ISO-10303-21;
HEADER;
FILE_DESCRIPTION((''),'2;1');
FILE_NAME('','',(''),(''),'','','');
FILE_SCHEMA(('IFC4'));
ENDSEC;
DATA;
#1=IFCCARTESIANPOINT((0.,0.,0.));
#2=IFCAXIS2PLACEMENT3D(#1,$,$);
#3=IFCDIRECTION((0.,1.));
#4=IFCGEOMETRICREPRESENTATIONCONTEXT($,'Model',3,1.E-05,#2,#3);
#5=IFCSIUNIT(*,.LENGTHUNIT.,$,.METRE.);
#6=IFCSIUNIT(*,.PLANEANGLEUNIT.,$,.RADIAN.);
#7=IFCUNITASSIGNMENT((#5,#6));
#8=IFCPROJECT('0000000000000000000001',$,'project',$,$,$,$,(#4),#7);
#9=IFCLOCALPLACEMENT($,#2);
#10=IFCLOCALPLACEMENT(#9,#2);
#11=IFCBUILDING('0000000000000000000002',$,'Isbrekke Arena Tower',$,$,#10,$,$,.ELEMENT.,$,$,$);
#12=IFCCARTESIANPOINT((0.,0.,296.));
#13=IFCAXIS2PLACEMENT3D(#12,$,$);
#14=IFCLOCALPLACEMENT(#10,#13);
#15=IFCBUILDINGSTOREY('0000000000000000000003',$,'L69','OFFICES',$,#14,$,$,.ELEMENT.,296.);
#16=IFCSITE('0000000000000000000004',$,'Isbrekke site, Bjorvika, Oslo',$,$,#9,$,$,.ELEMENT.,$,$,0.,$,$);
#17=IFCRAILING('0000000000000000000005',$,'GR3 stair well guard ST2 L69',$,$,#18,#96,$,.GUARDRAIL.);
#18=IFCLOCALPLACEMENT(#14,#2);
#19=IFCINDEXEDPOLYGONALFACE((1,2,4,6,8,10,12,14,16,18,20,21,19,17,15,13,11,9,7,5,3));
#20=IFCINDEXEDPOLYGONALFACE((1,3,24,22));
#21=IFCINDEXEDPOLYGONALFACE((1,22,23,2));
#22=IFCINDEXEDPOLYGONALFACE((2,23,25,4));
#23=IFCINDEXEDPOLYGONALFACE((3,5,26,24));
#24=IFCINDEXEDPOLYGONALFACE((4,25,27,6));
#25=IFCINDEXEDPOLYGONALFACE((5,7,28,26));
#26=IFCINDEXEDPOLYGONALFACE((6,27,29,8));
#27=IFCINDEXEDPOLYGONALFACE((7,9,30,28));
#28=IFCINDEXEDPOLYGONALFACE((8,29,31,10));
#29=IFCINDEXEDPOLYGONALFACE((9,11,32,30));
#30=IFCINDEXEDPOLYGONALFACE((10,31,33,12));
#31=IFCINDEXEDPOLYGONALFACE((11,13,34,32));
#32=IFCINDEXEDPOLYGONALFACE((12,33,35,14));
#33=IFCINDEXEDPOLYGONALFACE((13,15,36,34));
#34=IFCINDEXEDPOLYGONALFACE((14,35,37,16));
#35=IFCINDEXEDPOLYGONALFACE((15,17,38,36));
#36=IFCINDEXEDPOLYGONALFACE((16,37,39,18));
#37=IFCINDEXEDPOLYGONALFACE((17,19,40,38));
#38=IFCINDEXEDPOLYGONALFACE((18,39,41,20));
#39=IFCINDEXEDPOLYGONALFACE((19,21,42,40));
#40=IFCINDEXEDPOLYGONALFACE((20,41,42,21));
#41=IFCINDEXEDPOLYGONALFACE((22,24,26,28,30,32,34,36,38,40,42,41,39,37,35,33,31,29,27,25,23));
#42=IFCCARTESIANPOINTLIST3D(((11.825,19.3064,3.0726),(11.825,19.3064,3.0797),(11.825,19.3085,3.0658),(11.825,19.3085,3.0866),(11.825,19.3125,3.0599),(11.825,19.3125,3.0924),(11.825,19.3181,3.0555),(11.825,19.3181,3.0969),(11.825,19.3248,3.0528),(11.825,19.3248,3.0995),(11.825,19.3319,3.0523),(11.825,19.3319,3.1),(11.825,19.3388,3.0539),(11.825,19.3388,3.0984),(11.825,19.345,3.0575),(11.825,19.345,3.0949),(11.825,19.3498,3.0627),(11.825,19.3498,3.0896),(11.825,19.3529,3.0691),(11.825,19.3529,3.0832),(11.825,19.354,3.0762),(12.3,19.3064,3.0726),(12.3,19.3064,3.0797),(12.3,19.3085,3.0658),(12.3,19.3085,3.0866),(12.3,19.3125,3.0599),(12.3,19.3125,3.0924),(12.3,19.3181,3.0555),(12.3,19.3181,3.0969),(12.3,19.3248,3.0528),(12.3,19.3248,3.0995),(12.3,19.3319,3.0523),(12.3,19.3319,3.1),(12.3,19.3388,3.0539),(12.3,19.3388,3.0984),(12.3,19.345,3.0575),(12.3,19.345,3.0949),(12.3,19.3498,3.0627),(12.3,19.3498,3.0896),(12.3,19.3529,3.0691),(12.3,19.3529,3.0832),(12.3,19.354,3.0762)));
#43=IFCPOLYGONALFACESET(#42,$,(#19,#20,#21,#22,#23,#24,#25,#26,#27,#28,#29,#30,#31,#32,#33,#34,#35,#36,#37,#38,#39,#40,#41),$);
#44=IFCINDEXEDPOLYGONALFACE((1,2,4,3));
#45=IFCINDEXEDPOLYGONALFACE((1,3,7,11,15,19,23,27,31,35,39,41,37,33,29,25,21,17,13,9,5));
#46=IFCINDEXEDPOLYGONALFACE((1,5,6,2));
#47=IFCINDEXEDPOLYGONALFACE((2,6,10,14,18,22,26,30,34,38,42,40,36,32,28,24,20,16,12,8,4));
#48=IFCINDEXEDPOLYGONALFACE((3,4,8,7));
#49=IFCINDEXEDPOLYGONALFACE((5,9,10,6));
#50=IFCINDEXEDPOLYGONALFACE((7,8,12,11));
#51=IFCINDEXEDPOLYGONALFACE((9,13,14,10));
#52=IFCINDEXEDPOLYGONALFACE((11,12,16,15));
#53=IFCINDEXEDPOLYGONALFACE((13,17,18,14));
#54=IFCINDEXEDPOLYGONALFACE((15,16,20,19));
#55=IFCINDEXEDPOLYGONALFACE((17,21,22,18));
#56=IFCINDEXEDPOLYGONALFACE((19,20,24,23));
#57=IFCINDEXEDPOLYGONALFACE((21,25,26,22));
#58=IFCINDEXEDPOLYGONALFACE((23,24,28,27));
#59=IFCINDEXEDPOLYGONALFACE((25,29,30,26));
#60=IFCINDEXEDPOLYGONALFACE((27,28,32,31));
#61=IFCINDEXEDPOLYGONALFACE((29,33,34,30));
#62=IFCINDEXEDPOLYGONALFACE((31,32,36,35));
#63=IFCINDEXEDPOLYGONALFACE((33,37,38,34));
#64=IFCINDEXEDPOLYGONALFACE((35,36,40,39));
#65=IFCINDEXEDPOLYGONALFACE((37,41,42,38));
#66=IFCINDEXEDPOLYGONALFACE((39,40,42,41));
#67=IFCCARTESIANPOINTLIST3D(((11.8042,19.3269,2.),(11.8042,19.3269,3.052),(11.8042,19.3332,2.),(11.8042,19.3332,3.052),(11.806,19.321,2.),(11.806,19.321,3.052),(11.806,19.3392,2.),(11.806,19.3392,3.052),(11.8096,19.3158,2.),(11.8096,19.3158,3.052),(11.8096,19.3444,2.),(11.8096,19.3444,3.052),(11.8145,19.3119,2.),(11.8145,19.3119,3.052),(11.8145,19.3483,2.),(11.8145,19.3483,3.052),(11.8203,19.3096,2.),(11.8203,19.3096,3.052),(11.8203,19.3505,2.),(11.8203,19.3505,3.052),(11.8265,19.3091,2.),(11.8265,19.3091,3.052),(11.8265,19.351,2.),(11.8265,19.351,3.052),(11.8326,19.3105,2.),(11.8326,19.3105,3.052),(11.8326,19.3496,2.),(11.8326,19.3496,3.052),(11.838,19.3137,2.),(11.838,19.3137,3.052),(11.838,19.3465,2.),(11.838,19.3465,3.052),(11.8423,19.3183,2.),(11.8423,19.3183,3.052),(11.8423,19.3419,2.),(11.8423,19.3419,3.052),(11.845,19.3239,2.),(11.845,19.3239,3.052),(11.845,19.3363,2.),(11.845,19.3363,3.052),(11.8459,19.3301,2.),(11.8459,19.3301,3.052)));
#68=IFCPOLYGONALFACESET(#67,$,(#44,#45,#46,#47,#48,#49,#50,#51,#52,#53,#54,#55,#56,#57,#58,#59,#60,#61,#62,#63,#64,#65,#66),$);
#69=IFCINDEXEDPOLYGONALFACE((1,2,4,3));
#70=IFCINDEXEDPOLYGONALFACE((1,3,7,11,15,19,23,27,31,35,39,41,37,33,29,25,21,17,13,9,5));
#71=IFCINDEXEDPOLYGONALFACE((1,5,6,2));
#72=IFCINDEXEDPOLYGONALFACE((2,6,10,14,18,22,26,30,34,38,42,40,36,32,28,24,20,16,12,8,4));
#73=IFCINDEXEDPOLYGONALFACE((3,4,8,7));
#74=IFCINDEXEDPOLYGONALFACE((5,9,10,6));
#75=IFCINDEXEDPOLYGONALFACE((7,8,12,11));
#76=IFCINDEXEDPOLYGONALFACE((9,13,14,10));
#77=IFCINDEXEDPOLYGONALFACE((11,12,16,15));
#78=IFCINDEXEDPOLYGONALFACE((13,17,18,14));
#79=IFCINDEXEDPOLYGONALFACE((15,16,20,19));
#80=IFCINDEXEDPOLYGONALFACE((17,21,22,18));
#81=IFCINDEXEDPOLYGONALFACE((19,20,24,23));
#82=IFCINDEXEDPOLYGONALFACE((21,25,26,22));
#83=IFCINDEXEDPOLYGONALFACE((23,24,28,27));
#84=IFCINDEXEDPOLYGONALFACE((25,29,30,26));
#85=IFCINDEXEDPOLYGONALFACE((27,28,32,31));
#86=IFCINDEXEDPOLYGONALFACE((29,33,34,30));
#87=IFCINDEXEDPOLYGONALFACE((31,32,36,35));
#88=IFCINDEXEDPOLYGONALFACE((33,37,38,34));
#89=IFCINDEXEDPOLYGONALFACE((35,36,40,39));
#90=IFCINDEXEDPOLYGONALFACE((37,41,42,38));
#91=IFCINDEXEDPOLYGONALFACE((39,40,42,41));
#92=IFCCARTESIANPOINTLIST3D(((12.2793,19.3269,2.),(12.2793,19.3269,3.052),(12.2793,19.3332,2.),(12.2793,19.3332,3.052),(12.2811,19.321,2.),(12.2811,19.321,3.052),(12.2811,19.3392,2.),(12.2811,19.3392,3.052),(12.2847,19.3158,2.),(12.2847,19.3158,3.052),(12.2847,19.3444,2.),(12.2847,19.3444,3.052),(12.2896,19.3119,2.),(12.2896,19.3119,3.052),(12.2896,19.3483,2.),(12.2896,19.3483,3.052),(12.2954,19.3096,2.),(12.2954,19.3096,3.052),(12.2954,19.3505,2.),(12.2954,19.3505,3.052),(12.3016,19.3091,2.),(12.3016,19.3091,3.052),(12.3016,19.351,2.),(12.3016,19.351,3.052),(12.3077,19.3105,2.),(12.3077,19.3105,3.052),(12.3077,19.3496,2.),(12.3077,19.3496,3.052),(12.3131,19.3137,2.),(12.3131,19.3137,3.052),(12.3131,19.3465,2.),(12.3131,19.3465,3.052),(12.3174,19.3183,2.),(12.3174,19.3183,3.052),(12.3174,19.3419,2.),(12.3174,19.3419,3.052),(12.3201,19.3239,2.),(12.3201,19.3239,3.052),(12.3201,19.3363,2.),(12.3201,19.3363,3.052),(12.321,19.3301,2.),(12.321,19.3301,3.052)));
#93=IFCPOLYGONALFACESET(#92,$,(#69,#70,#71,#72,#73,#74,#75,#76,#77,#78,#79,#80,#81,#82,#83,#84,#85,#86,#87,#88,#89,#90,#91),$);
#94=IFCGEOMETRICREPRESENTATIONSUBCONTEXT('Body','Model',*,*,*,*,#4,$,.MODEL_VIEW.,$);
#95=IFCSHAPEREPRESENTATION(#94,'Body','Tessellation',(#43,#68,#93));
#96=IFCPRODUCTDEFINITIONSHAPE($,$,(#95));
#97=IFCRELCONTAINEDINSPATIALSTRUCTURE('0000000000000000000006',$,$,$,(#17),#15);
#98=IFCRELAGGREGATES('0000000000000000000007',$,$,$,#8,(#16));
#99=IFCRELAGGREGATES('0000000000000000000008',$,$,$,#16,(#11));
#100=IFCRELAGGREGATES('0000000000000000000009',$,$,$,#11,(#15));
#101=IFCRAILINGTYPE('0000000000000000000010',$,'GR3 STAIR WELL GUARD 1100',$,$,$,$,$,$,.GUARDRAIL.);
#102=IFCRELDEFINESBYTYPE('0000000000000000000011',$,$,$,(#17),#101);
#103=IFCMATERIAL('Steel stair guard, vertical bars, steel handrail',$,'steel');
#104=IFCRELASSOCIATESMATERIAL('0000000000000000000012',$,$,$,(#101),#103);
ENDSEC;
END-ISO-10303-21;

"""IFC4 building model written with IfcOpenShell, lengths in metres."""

from ifc_helpers import new_model, si_unit, direction, frame, origin, origin_2d, place, context, subcontext, project, spatial, circle, extrude, material, type_object, element, save


model = new_model("IFC4")

# Units and contexts
model_context = context("Model", 3, precision=1e-05, world=origin(), true_north=direction((0.0, 1.0)))
body_context = subcontext(model_context, "Body", "Model", "MODEL_VIEW")
ifc_project = project(units=[si_unit("LENGTHUNIT", "METRE"), si_unit("PLANEANGLEUNIT", "RADIAN")], contexts=[model_context])

# Site, building, storey
site_placement = place(None, origin())
site = spatial("IfcSite", under=ifc_project, at=site_placement, Name="Isbrekke site, Bjorvika, Oslo", CompositionType="ELEMENT", RefElevation=0.0)
building_placement = place(site_placement, origin())
building = spatial("IfcBuilding", under=site, at=building_placement, Name="Isbrekke Arena Tower", CompositionType="ELEMENT")
storey_placement = place(building_placement, frame((0.0, 0.0, 296.0)))
storey = spatial("IfcBuildingStorey", under=building, at=storey_placement, Name="L69", Description="OFFICES", CompositionType="ELEMENT", Elevation=296.0)

# Railing
ifc_material_1 = material(Name="Steel stair guard, vertical bars, steel handrail", Category="steel")
railing_type = type_object("IfcRailingType", Name="GR3 STAIR WELL GUARD 1100", PredefinedType="GUARDRAIL", material=ifc_material_1)
for number, where, name in (
    (1, (11.825, 19.3301, 2.0), "GR3 stair well guard ST2 L69"),
):
    element("IfcRailing", number, at=place(storey_placement, frame(where)), inside=storey, type_object=railing_type, Name=name, PredefinedType="GUARDRAIL", context=body_context, shape_type="SweptSolid", body=[
        extrude(circle(Radius=0.0239, at=origin_2d()), frame((0.0, 0.0, 1.0762), z_axis=(1.0, 0.0, 0.0), x_axis=(0.0, 1.0, 0.0)), (0.0, 0.0, 1.0), 0.4751),
        extrude(circle(Radius=0.021, at=origin_2d()), origin(), (0.0, 0.0, 1.0), 1.052),
        extrude(circle(Radius=0.021, at=origin_2d()), frame((0.4751, 0.0, 0.0)), (0.0, 0.0, 1.0), 1.052),
    ])

save(model, "model.ifc")
